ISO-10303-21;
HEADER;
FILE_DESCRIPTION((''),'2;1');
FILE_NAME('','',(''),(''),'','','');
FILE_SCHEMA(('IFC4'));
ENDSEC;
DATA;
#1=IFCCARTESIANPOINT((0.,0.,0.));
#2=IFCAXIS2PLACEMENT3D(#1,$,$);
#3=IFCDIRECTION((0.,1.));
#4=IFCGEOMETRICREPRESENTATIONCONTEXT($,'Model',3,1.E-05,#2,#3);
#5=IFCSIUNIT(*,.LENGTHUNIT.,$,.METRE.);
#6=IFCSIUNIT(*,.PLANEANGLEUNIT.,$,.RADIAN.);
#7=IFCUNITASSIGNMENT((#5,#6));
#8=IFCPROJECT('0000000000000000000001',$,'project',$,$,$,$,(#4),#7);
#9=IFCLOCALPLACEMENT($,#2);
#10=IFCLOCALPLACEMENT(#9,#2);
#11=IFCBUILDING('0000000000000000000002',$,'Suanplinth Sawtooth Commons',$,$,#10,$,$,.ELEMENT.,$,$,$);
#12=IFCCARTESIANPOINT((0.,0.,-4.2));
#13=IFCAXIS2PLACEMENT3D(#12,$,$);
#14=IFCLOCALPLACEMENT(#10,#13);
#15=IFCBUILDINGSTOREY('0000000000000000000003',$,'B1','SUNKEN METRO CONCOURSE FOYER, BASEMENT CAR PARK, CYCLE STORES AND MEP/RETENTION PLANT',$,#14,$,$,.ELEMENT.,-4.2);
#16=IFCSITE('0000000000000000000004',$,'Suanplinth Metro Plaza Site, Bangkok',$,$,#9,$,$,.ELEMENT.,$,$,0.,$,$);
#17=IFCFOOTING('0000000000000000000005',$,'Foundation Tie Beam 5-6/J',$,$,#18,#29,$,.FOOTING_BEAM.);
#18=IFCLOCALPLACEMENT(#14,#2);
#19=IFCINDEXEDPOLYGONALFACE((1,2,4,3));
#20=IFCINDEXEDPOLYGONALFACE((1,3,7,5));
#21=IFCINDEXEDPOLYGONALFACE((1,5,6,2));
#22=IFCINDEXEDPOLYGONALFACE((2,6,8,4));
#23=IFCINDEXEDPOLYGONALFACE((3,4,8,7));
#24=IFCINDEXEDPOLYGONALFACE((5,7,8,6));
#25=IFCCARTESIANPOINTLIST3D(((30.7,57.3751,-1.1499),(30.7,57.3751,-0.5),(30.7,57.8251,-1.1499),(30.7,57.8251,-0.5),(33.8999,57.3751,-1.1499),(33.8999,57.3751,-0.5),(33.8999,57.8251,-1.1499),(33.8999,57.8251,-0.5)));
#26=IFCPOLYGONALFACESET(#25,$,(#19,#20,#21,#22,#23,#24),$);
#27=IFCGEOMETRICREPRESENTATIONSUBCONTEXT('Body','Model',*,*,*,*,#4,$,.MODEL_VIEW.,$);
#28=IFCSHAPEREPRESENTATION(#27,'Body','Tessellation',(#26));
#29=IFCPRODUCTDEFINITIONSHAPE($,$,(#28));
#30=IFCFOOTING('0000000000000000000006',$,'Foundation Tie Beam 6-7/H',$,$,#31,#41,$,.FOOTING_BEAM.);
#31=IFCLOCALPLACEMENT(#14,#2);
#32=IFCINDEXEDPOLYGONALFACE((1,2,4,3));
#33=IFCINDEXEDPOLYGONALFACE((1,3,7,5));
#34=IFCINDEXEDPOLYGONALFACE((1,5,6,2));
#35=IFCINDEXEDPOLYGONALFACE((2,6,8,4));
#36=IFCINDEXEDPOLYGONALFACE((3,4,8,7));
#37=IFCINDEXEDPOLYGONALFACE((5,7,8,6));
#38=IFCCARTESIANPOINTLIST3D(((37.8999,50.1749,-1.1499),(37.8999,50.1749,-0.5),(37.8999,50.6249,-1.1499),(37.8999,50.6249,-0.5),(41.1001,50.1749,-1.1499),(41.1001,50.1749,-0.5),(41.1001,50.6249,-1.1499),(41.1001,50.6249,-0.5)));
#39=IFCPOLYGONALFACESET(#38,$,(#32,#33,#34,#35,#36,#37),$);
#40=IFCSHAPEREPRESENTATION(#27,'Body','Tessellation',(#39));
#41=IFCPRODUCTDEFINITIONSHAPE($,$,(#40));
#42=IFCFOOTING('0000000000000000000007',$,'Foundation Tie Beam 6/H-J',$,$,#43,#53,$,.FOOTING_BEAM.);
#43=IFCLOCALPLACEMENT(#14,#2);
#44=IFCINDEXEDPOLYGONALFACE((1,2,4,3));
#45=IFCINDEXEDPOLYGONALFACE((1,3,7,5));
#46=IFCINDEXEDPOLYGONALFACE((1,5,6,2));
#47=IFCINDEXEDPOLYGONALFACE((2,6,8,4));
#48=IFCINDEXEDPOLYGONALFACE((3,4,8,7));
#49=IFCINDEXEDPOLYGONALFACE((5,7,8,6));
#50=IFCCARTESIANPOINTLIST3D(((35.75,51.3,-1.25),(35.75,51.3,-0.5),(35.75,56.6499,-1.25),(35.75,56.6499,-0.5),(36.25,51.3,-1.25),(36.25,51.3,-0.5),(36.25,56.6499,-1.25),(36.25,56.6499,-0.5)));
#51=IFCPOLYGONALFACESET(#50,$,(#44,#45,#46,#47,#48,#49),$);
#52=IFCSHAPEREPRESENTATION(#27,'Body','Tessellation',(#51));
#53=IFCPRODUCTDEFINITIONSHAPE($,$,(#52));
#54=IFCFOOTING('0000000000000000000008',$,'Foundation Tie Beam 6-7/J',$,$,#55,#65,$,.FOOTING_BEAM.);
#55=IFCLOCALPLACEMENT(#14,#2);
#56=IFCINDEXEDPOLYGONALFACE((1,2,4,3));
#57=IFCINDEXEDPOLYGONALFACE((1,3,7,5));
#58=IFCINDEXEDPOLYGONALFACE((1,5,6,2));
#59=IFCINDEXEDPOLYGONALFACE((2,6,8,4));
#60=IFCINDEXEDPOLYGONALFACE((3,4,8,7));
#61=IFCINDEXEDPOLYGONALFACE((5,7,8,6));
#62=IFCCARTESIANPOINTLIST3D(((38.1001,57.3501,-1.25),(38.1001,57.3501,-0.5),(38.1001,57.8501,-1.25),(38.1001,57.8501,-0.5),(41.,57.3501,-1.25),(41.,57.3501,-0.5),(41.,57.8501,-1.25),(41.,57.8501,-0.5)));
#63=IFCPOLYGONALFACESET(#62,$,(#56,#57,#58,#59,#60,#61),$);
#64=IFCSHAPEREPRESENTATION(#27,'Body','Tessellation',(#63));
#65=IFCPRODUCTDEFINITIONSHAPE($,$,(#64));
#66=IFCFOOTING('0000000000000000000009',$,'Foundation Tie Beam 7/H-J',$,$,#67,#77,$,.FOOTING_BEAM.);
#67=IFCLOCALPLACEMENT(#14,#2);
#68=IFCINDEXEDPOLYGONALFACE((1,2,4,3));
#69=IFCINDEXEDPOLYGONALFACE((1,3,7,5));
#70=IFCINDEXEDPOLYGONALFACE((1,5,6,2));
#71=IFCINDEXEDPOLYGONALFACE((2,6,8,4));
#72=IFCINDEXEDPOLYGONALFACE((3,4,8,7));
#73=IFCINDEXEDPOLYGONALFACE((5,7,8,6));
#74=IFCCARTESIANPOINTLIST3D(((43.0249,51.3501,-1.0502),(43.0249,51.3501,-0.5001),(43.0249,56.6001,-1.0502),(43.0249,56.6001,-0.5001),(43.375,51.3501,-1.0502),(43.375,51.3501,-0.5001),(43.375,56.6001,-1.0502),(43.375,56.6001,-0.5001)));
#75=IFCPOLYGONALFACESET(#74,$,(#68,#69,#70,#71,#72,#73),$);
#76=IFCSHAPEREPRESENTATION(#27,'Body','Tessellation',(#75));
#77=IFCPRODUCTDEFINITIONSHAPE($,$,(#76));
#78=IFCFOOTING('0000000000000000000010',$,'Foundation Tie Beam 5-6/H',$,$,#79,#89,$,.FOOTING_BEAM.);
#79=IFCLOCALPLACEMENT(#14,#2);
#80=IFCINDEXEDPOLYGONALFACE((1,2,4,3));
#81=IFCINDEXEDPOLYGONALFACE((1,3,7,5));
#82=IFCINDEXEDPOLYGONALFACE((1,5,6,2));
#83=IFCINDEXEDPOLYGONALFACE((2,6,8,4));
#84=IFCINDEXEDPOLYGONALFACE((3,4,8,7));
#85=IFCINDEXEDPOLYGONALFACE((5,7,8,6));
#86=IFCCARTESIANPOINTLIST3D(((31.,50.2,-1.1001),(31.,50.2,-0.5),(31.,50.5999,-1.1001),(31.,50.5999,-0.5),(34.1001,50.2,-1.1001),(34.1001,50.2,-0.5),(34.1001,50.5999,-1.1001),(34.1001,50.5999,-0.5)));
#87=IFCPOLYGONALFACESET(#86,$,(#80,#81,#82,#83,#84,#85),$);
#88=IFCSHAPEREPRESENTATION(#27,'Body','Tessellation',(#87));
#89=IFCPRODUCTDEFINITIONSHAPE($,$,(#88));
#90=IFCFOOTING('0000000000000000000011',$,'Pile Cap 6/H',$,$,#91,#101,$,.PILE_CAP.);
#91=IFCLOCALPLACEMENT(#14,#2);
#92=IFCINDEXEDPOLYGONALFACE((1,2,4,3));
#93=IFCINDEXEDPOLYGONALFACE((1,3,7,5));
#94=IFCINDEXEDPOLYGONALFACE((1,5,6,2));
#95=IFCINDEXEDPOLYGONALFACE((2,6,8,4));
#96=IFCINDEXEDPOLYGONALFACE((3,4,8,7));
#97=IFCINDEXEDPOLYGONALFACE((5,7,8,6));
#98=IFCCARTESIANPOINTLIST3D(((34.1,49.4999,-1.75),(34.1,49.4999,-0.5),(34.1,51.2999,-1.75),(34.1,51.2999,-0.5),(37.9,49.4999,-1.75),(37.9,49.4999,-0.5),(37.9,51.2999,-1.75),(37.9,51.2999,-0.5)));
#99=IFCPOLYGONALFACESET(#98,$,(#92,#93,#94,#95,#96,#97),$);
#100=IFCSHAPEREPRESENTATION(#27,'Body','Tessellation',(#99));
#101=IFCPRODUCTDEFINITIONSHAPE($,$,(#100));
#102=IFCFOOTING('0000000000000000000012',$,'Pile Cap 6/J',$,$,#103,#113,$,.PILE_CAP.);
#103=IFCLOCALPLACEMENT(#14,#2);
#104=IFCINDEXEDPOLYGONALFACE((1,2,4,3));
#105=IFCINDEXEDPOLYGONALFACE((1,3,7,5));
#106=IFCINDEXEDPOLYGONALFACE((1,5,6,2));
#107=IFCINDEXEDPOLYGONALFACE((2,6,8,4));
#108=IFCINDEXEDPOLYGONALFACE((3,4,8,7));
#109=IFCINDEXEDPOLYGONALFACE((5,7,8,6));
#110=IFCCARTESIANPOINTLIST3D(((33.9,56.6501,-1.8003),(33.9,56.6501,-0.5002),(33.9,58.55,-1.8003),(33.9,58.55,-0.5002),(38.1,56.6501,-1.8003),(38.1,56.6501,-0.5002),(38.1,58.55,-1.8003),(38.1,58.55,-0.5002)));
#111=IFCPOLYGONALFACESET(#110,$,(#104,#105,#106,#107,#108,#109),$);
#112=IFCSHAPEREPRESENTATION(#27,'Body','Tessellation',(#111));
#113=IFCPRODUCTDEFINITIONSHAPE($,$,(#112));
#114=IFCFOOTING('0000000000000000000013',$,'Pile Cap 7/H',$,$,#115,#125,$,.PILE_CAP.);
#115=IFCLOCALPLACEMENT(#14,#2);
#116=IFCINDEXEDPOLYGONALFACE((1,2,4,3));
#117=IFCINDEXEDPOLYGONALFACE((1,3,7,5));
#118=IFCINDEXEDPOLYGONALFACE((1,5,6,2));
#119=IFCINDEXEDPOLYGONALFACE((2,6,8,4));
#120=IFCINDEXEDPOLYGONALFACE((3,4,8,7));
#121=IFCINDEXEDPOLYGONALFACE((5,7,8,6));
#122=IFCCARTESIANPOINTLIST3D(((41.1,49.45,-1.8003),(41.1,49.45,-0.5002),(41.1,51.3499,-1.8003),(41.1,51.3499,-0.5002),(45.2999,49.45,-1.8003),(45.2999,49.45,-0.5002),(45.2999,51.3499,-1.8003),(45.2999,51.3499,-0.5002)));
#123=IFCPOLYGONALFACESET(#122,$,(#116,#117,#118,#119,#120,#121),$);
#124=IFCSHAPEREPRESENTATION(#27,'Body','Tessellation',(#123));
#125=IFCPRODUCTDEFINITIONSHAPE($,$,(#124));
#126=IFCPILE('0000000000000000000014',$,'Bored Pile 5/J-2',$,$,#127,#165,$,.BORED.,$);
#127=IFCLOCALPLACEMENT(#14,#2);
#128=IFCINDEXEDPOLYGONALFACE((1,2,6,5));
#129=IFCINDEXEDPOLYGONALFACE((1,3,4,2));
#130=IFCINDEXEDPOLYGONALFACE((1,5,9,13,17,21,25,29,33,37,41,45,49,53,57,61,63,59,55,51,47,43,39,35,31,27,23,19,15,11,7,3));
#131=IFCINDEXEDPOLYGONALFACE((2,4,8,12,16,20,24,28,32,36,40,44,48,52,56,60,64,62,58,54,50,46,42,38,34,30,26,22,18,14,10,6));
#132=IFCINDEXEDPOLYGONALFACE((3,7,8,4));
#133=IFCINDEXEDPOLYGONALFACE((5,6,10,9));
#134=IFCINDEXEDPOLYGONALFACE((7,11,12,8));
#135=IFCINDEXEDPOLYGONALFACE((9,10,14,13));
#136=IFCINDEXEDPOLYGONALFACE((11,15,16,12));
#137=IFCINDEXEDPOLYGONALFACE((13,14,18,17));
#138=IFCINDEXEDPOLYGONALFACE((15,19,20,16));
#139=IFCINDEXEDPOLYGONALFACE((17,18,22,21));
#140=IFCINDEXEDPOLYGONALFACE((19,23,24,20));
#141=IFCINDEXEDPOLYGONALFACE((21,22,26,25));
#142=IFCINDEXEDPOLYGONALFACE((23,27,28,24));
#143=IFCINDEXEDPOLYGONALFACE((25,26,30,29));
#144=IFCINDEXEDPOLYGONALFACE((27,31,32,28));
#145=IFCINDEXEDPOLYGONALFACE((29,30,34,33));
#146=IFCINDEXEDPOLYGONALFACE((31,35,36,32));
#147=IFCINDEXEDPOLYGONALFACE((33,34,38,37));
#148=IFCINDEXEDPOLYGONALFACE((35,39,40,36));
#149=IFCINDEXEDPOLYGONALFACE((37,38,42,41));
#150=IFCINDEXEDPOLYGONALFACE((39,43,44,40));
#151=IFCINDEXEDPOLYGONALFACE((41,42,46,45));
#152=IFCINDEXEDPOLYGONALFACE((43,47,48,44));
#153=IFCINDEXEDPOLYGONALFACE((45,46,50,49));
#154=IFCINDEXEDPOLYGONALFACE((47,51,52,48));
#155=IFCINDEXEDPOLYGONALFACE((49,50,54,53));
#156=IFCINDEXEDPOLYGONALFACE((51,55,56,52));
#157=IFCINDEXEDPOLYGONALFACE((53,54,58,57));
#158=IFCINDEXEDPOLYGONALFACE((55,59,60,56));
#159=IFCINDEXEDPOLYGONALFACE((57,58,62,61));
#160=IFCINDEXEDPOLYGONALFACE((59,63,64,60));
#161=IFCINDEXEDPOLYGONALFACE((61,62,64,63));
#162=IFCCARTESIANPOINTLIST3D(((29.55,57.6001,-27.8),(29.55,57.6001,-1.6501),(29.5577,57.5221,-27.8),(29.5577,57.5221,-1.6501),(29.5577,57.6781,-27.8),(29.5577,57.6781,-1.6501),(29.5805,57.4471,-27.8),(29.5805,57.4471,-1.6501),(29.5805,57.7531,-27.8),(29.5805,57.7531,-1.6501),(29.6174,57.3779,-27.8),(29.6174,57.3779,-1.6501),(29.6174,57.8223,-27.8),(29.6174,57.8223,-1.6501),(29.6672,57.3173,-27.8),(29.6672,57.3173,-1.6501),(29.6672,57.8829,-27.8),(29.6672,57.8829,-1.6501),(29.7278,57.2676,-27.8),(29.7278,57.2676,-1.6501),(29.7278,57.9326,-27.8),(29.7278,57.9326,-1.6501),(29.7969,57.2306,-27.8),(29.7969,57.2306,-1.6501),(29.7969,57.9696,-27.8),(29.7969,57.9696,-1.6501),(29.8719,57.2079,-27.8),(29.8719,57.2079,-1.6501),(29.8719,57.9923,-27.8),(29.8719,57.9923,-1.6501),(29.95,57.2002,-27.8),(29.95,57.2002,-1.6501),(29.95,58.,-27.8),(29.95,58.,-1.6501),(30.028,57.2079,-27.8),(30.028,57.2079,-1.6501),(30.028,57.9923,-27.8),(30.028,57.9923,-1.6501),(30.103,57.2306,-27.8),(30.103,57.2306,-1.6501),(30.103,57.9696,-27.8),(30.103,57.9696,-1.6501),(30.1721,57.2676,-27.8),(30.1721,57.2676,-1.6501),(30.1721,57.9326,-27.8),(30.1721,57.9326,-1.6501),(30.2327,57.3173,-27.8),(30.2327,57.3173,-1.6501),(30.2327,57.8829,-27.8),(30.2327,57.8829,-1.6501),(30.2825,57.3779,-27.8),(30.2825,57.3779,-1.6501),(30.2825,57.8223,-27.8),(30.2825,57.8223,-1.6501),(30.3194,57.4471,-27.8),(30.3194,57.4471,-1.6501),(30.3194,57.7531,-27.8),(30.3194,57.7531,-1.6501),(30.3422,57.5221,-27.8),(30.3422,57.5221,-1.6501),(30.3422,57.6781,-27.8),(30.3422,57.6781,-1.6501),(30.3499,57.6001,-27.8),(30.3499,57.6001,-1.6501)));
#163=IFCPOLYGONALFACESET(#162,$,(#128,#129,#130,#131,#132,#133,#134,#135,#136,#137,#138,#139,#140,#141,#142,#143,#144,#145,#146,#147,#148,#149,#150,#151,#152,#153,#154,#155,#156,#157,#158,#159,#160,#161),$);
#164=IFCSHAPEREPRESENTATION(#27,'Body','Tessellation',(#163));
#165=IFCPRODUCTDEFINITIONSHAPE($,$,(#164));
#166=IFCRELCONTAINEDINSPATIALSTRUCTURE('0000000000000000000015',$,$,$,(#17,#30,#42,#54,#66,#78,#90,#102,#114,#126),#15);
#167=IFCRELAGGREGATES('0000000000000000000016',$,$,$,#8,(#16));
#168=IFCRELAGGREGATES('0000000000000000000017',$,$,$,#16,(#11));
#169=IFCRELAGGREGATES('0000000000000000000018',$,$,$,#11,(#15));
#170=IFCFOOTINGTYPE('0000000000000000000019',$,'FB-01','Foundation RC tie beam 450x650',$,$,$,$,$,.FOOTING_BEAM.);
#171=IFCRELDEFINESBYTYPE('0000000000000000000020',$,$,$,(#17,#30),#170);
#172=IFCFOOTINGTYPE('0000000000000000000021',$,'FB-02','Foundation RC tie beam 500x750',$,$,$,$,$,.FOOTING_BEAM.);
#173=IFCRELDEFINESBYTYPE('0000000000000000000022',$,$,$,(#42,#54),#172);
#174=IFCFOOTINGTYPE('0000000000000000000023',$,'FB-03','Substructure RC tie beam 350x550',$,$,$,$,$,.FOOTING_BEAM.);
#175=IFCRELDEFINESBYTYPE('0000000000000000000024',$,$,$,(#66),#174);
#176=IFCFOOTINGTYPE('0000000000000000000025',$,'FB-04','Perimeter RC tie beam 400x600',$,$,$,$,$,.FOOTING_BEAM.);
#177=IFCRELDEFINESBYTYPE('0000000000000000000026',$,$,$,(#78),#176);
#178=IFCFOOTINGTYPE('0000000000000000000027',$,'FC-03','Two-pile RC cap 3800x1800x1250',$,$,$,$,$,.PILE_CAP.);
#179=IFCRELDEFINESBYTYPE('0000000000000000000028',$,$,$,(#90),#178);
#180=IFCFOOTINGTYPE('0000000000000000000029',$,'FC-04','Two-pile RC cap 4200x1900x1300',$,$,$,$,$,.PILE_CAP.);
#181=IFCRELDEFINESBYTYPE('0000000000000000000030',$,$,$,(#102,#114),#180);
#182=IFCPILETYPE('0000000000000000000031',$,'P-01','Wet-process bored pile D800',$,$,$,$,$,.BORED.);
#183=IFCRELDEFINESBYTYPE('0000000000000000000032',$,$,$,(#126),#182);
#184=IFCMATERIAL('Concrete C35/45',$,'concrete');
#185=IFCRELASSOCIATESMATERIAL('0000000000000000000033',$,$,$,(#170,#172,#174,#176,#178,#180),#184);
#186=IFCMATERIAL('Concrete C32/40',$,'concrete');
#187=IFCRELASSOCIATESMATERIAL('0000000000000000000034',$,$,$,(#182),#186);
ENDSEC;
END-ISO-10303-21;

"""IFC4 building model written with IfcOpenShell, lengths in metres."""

from ifc_helpers import new_model, si_unit, direction, frame, origin, origin_2d, place, context, subcontext, project, spatial, rectangle, circle, extrude, material, material_profile, profile_set, type_object, element, save


model = new_model("IFC4")

# Units and contexts
model_context = context("Model", 3, precision=1e-05, world=origin(), true_north=direction((0.0, 1.0)))
body_context = subcontext(model_context, "Body", "Model", "MODEL_VIEW")
ifc_project = project(units=[si_unit("LENGTHUNIT", "METRE"), si_unit("PLANEANGLEUNIT", "RADIAN")], contexts=[model_context])

# Site, building, storey
site_placement = place(None, origin())
site = spatial("IfcSite", under=ifc_project, at=site_placement, Name="Suanplinth Metro Plaza Site, Bangkok", CompositionType="ELEMENT", RefElevation=0.0)
building_placement = place(site_placement, origin())
building = spatial("IfcBuilding", under=site, at=building_placement, Name="Suanplinth Sawtooth Commons", CompositionType="ELEMENT")
storey_placement = place(building_placement, frame((0.0, 0.0, -4.2)))
storey = spatial("IfcBuildingStorey", under=building, at=storey_placement, Name="B1", Description="SUNKEN METRO CONCOURSE FOYER, BASEMENT CAR PARK, CYCLE STORES AND MEP/RETENTION PLANT", CompositionType="ELEMENT", Elevation=-4.2)

# Footings
ifc_material_1 = material(Name="Concrete C35/45", Category="concrete")
ifc_material_profile_1 = material_profile(ifc_material_1, rectangle(XDim=0.45, YDim=0.6499, at=origin_2d()), Name="PC-GDR 450x650")
ifc_profile_set_1 = profile_set([ifc_material_profile_1], Name="Concrete C35/45")
footing_type_1 = type_object("IfcFootingType", Name="FB-01", Description="Foundation RC tie beam 450x650", PredefinedType="FOOTING_BEAM", material=ifc_profile_set_1)
footing_1_placement = place(storey_placement, frame((30.7, 57.6001, -0.825), z_axis=(1.0, 0.0, 0.0), x_axis=(0.0, 1.0, 0.0)))
element("IfcFooting", 1, at=footing_1_placement, inside=storey, type_object=footing_type_1, Name="Foundation Tie Beam 5-6/J", PredefinedType="FOOTING_BEAM", context=body_context, shape_type="SweptSolid", body=[
    extrude(rectangle(XDim=0.45, YDim=0.6499, at=origin_2d()), origin(), (0.0, 0.0, 1.0), 3.2),
])
footing_2_placement = place(storey_placement, frame((37.8999, 50.3999, -0.825), z_axis=(1.0, 0.0, 0.0), x_axis=(0.0, 1.0, 0.0)))
element("IfcFooting", 2, at=footing_2_placement, inside=storey, type_object=footing_type_1, Name="Foundation Tie Beam 6-7/H", PredefinedType="FOOTING_BEAM", context=body_context, shape_type="SweptSolid", body=[
    extrude(rectangle(XDim=0.45, YDim=0.6499, at=origin_2d()), origin(), (0.0, 0.0, 1.0), 3.2002),
])
ifc_material_profile_2 = material_profile(ifc_material_1, rectangle(XDim=0.5, YDim=0.75, at=origin_2d()), Name="RC-GDR 500x750")
ifc_profile_set_2 = profile_set([ifc_material_profile_2], Name="Concrete C35/45")
footing_type_2 = type_object("IfcFootingType", Name="FB-02", Description="Foundation RC tie beam 500x750", PredefinedType="FOOTING_BEAM", material=ifc_profile_set_2)
footing_3_placement = place(storey_placement, frame((36.0, 51.3, -0.875), z_axis=(0.0, 1.0, 0.0), x_axis=(-1.0, 0.0, 0.0)))
element("IfcFooting", 3, at=footing_3_placement, inside=storey, type_object=footing_type_2, Name="Foundation Tie Beam 6/H-J", PredefinedType="FOOTING_BEAM", context=body_context, shape_type="SweptSolid", body=[
    extrude(rectangle(XDim=0.5, YDim=0.75, at=origin_2d()), origin(), (0.0, 0.0, 1.0), 5.3499),
])
footing_4_placement = place(storey_placement, frame((38.1001, 57.6001, -0.875), z_axis=(1.0, 0.0, 0.0), x_axis=(0.0, 1.0, 0.0)))
element("IfcFooting", 4, at=footing_4_placement, inside=storey, type_object=footing_type_2, Name="Foundation Tie Beam 6-7/J", PredefinedType="FOOTING_BEAM", context=body_context, shape_type="SweptSolid", body=[
    extrude(rectangle(XDim=0.5, YDim=0.75, at=origin_2d()), origin(), (0.0, 0.0, 1.0), 2.8999),
])
ifc_material_profile_3 = material_profile(ifc_material_1, rectangle(XDim=0.3501, YDim=0.55, at=origin_2d()), Name="PC-BM 350x550")
ifc_profile_set_3 = profile_set([ifc_material_profile_3], Name="Concrete C35/45")
footing_type_3 = type_object("IfcFootingType", Name="FB-03", Description="Substructure RC tie beam 350x550", PredefinedType="FOOTING_BEAM", material=ifc_profile_set_3)
footing_5_placement = place(storey_placement, frame((43.2, 51.3501, -0.7751), z_axis=(0.0, 1.0, 0.0), x_axis=(-1.0, 0.0, 0.0)))
element("IfcFooting", 5, at=footing_5_placement, inside=storey, type_object=footing_type_3, Name="Foundation Tie Beam 7/H-J", PredefinedType="FOOTING_BEAM", context=body_context, shape_type="SweptSolid", body=[
    extrude(rectangle(XDim=0.3501, YDim=0.55, at=origin_2d()), origin(), (0.0, 0.0, 1.0), 5.25),
])
ifc_material_profile_4 = material_profile(ifc_material_1, rectangle(XDim=0.3999, YDim=0.6001, at=origin_2d()), Name="PC-GDR 400x600")
ifc_profile_set_4 = profile_set([ifc_material_profile_4], Name="Concrete C35/45")
footing_type_4 = type_object("IfcFootingType", Name="FB-04", Description="Perimeter RC tie beam 400x600", PredefinedType="FOOTING_BEAM", material=ifc_profile_set_4)
footing_6_placement = place(storey_placement, frame((31.0, 50.3999, -0.8), z_axis=(1.0, 0.0, 0.0), x_axis=(0.0, 1.0, 0.0)))
element("IfcFooting", 6, at=footing_6_placement, inside=storey, type_object=footing_type_4, Name="Foundation Tie Beam 5-6/H", PredefinedType="FOOTING_BEAM", context=body_context, shape_type="SweptSolid", body=[
    extrude(rectangle(XDim=0.3999, YDim=0.6001, at=origin_2d()), origin(), (0.0, 0.0, 1.0), 3.1001),
])
footing_type_5 = type_object("IfcFootingType", Name="FC-03", Description="Two-pile RC cap 3800x1800x1250", PredefinedType="PILE_CAP", material=ifc_material_1)
footing_7_placement = place(storey_placement, frame((36.0, 50.3999, -1.75), z_axis=(0.0, 0.0, 1.0), x_axis=(1.0, 0.0, 0.0)))
element("IfcFooting", 7, at=footing_7_placement, inside=storey, type_object=footing_type_5, Name="Pile Cap 6/H", PredefinedType="PILE_CAP", context=body_context, shape_type="SweptSolid", body=[
    extrude(rectangle(XDim=3.8, YDim=1.8, at=origin_2d()), origin(), (0.0, 0.0, 1.0), 1.25),
])
footing_type_6 = type_object("IfcFootingType", Name="FC-04", Description="Two-pile RC cap 4200x1900x1300", PredefinedType="PILE_CAP", material=ifc_material_1)
for number, where, z_axis, x_axis, name in (
    (8, (36.0, 57.6001, -1.8003), (0.0, 0.0, 1.0), (1.0, 0.0, 0.0), "Pile Cap 6/J"),
    (9, (43.2, 50.3999, -1.8003), (0.0, 0.0, 1.0), (1.0, 0.0, 0.0), "Pile Cap 7/H"),
):
    element("IfcFooting", number, at=place(storey_placement, frame(where, z_axis=z_axis, x_axis=x_axis)), inside=storey, type_object=footing_type_6, Name=name, PredefinedType="PILE_CAP", context=body_context, shape_type="SweptSolid", body=[
        extrude(rectangle(XDim=4.2, YDim=1.8999, at=origin_2d()), origin(), (0.0, 0.0, 1.0), 1.3),
    ])

# Pile
ifc_material_2 = material(Name="Concrete C32/40", Category="concrete")
ifc_material_profile_5 = material_profile(ifc_material_2, circle(Radius=0.3999, at=origin_2d()), Name="PILE D800")
ifc_profile_set_5 = profile_set([ifc_material_profile_5], Name="Concrete C32/40")
pile_type_1 = type_object("IfcPileType", Name="P-01", Description="Wet-process bored pile D800", PredefinedType="BORED", material=ifc_profile_set_5)
for number, where, z_axis, x_axis, name in (
    (10, (29.95, 57.6001, -1.6501), (0.0, 0.0, -1.0), (1.0, 0.0, 0.0), "Bored Pile 5/J-2"),
):
    element("IfcPile", number, at=place(storey_placement, frame(where, z_axis=z_axis, x_axis=x_axis)), inside=storey, type_object=pile_type_1, Name=name, PredefinedType="BORED", context=body_context, shape_type="SweptSolid", body=[
        extrude(circle(Radius=0.3999, at=origin_2d()), origin(), (0.0, 0.0, 1.0), 26.1499),
    ])

save(model, "model.ifc")
